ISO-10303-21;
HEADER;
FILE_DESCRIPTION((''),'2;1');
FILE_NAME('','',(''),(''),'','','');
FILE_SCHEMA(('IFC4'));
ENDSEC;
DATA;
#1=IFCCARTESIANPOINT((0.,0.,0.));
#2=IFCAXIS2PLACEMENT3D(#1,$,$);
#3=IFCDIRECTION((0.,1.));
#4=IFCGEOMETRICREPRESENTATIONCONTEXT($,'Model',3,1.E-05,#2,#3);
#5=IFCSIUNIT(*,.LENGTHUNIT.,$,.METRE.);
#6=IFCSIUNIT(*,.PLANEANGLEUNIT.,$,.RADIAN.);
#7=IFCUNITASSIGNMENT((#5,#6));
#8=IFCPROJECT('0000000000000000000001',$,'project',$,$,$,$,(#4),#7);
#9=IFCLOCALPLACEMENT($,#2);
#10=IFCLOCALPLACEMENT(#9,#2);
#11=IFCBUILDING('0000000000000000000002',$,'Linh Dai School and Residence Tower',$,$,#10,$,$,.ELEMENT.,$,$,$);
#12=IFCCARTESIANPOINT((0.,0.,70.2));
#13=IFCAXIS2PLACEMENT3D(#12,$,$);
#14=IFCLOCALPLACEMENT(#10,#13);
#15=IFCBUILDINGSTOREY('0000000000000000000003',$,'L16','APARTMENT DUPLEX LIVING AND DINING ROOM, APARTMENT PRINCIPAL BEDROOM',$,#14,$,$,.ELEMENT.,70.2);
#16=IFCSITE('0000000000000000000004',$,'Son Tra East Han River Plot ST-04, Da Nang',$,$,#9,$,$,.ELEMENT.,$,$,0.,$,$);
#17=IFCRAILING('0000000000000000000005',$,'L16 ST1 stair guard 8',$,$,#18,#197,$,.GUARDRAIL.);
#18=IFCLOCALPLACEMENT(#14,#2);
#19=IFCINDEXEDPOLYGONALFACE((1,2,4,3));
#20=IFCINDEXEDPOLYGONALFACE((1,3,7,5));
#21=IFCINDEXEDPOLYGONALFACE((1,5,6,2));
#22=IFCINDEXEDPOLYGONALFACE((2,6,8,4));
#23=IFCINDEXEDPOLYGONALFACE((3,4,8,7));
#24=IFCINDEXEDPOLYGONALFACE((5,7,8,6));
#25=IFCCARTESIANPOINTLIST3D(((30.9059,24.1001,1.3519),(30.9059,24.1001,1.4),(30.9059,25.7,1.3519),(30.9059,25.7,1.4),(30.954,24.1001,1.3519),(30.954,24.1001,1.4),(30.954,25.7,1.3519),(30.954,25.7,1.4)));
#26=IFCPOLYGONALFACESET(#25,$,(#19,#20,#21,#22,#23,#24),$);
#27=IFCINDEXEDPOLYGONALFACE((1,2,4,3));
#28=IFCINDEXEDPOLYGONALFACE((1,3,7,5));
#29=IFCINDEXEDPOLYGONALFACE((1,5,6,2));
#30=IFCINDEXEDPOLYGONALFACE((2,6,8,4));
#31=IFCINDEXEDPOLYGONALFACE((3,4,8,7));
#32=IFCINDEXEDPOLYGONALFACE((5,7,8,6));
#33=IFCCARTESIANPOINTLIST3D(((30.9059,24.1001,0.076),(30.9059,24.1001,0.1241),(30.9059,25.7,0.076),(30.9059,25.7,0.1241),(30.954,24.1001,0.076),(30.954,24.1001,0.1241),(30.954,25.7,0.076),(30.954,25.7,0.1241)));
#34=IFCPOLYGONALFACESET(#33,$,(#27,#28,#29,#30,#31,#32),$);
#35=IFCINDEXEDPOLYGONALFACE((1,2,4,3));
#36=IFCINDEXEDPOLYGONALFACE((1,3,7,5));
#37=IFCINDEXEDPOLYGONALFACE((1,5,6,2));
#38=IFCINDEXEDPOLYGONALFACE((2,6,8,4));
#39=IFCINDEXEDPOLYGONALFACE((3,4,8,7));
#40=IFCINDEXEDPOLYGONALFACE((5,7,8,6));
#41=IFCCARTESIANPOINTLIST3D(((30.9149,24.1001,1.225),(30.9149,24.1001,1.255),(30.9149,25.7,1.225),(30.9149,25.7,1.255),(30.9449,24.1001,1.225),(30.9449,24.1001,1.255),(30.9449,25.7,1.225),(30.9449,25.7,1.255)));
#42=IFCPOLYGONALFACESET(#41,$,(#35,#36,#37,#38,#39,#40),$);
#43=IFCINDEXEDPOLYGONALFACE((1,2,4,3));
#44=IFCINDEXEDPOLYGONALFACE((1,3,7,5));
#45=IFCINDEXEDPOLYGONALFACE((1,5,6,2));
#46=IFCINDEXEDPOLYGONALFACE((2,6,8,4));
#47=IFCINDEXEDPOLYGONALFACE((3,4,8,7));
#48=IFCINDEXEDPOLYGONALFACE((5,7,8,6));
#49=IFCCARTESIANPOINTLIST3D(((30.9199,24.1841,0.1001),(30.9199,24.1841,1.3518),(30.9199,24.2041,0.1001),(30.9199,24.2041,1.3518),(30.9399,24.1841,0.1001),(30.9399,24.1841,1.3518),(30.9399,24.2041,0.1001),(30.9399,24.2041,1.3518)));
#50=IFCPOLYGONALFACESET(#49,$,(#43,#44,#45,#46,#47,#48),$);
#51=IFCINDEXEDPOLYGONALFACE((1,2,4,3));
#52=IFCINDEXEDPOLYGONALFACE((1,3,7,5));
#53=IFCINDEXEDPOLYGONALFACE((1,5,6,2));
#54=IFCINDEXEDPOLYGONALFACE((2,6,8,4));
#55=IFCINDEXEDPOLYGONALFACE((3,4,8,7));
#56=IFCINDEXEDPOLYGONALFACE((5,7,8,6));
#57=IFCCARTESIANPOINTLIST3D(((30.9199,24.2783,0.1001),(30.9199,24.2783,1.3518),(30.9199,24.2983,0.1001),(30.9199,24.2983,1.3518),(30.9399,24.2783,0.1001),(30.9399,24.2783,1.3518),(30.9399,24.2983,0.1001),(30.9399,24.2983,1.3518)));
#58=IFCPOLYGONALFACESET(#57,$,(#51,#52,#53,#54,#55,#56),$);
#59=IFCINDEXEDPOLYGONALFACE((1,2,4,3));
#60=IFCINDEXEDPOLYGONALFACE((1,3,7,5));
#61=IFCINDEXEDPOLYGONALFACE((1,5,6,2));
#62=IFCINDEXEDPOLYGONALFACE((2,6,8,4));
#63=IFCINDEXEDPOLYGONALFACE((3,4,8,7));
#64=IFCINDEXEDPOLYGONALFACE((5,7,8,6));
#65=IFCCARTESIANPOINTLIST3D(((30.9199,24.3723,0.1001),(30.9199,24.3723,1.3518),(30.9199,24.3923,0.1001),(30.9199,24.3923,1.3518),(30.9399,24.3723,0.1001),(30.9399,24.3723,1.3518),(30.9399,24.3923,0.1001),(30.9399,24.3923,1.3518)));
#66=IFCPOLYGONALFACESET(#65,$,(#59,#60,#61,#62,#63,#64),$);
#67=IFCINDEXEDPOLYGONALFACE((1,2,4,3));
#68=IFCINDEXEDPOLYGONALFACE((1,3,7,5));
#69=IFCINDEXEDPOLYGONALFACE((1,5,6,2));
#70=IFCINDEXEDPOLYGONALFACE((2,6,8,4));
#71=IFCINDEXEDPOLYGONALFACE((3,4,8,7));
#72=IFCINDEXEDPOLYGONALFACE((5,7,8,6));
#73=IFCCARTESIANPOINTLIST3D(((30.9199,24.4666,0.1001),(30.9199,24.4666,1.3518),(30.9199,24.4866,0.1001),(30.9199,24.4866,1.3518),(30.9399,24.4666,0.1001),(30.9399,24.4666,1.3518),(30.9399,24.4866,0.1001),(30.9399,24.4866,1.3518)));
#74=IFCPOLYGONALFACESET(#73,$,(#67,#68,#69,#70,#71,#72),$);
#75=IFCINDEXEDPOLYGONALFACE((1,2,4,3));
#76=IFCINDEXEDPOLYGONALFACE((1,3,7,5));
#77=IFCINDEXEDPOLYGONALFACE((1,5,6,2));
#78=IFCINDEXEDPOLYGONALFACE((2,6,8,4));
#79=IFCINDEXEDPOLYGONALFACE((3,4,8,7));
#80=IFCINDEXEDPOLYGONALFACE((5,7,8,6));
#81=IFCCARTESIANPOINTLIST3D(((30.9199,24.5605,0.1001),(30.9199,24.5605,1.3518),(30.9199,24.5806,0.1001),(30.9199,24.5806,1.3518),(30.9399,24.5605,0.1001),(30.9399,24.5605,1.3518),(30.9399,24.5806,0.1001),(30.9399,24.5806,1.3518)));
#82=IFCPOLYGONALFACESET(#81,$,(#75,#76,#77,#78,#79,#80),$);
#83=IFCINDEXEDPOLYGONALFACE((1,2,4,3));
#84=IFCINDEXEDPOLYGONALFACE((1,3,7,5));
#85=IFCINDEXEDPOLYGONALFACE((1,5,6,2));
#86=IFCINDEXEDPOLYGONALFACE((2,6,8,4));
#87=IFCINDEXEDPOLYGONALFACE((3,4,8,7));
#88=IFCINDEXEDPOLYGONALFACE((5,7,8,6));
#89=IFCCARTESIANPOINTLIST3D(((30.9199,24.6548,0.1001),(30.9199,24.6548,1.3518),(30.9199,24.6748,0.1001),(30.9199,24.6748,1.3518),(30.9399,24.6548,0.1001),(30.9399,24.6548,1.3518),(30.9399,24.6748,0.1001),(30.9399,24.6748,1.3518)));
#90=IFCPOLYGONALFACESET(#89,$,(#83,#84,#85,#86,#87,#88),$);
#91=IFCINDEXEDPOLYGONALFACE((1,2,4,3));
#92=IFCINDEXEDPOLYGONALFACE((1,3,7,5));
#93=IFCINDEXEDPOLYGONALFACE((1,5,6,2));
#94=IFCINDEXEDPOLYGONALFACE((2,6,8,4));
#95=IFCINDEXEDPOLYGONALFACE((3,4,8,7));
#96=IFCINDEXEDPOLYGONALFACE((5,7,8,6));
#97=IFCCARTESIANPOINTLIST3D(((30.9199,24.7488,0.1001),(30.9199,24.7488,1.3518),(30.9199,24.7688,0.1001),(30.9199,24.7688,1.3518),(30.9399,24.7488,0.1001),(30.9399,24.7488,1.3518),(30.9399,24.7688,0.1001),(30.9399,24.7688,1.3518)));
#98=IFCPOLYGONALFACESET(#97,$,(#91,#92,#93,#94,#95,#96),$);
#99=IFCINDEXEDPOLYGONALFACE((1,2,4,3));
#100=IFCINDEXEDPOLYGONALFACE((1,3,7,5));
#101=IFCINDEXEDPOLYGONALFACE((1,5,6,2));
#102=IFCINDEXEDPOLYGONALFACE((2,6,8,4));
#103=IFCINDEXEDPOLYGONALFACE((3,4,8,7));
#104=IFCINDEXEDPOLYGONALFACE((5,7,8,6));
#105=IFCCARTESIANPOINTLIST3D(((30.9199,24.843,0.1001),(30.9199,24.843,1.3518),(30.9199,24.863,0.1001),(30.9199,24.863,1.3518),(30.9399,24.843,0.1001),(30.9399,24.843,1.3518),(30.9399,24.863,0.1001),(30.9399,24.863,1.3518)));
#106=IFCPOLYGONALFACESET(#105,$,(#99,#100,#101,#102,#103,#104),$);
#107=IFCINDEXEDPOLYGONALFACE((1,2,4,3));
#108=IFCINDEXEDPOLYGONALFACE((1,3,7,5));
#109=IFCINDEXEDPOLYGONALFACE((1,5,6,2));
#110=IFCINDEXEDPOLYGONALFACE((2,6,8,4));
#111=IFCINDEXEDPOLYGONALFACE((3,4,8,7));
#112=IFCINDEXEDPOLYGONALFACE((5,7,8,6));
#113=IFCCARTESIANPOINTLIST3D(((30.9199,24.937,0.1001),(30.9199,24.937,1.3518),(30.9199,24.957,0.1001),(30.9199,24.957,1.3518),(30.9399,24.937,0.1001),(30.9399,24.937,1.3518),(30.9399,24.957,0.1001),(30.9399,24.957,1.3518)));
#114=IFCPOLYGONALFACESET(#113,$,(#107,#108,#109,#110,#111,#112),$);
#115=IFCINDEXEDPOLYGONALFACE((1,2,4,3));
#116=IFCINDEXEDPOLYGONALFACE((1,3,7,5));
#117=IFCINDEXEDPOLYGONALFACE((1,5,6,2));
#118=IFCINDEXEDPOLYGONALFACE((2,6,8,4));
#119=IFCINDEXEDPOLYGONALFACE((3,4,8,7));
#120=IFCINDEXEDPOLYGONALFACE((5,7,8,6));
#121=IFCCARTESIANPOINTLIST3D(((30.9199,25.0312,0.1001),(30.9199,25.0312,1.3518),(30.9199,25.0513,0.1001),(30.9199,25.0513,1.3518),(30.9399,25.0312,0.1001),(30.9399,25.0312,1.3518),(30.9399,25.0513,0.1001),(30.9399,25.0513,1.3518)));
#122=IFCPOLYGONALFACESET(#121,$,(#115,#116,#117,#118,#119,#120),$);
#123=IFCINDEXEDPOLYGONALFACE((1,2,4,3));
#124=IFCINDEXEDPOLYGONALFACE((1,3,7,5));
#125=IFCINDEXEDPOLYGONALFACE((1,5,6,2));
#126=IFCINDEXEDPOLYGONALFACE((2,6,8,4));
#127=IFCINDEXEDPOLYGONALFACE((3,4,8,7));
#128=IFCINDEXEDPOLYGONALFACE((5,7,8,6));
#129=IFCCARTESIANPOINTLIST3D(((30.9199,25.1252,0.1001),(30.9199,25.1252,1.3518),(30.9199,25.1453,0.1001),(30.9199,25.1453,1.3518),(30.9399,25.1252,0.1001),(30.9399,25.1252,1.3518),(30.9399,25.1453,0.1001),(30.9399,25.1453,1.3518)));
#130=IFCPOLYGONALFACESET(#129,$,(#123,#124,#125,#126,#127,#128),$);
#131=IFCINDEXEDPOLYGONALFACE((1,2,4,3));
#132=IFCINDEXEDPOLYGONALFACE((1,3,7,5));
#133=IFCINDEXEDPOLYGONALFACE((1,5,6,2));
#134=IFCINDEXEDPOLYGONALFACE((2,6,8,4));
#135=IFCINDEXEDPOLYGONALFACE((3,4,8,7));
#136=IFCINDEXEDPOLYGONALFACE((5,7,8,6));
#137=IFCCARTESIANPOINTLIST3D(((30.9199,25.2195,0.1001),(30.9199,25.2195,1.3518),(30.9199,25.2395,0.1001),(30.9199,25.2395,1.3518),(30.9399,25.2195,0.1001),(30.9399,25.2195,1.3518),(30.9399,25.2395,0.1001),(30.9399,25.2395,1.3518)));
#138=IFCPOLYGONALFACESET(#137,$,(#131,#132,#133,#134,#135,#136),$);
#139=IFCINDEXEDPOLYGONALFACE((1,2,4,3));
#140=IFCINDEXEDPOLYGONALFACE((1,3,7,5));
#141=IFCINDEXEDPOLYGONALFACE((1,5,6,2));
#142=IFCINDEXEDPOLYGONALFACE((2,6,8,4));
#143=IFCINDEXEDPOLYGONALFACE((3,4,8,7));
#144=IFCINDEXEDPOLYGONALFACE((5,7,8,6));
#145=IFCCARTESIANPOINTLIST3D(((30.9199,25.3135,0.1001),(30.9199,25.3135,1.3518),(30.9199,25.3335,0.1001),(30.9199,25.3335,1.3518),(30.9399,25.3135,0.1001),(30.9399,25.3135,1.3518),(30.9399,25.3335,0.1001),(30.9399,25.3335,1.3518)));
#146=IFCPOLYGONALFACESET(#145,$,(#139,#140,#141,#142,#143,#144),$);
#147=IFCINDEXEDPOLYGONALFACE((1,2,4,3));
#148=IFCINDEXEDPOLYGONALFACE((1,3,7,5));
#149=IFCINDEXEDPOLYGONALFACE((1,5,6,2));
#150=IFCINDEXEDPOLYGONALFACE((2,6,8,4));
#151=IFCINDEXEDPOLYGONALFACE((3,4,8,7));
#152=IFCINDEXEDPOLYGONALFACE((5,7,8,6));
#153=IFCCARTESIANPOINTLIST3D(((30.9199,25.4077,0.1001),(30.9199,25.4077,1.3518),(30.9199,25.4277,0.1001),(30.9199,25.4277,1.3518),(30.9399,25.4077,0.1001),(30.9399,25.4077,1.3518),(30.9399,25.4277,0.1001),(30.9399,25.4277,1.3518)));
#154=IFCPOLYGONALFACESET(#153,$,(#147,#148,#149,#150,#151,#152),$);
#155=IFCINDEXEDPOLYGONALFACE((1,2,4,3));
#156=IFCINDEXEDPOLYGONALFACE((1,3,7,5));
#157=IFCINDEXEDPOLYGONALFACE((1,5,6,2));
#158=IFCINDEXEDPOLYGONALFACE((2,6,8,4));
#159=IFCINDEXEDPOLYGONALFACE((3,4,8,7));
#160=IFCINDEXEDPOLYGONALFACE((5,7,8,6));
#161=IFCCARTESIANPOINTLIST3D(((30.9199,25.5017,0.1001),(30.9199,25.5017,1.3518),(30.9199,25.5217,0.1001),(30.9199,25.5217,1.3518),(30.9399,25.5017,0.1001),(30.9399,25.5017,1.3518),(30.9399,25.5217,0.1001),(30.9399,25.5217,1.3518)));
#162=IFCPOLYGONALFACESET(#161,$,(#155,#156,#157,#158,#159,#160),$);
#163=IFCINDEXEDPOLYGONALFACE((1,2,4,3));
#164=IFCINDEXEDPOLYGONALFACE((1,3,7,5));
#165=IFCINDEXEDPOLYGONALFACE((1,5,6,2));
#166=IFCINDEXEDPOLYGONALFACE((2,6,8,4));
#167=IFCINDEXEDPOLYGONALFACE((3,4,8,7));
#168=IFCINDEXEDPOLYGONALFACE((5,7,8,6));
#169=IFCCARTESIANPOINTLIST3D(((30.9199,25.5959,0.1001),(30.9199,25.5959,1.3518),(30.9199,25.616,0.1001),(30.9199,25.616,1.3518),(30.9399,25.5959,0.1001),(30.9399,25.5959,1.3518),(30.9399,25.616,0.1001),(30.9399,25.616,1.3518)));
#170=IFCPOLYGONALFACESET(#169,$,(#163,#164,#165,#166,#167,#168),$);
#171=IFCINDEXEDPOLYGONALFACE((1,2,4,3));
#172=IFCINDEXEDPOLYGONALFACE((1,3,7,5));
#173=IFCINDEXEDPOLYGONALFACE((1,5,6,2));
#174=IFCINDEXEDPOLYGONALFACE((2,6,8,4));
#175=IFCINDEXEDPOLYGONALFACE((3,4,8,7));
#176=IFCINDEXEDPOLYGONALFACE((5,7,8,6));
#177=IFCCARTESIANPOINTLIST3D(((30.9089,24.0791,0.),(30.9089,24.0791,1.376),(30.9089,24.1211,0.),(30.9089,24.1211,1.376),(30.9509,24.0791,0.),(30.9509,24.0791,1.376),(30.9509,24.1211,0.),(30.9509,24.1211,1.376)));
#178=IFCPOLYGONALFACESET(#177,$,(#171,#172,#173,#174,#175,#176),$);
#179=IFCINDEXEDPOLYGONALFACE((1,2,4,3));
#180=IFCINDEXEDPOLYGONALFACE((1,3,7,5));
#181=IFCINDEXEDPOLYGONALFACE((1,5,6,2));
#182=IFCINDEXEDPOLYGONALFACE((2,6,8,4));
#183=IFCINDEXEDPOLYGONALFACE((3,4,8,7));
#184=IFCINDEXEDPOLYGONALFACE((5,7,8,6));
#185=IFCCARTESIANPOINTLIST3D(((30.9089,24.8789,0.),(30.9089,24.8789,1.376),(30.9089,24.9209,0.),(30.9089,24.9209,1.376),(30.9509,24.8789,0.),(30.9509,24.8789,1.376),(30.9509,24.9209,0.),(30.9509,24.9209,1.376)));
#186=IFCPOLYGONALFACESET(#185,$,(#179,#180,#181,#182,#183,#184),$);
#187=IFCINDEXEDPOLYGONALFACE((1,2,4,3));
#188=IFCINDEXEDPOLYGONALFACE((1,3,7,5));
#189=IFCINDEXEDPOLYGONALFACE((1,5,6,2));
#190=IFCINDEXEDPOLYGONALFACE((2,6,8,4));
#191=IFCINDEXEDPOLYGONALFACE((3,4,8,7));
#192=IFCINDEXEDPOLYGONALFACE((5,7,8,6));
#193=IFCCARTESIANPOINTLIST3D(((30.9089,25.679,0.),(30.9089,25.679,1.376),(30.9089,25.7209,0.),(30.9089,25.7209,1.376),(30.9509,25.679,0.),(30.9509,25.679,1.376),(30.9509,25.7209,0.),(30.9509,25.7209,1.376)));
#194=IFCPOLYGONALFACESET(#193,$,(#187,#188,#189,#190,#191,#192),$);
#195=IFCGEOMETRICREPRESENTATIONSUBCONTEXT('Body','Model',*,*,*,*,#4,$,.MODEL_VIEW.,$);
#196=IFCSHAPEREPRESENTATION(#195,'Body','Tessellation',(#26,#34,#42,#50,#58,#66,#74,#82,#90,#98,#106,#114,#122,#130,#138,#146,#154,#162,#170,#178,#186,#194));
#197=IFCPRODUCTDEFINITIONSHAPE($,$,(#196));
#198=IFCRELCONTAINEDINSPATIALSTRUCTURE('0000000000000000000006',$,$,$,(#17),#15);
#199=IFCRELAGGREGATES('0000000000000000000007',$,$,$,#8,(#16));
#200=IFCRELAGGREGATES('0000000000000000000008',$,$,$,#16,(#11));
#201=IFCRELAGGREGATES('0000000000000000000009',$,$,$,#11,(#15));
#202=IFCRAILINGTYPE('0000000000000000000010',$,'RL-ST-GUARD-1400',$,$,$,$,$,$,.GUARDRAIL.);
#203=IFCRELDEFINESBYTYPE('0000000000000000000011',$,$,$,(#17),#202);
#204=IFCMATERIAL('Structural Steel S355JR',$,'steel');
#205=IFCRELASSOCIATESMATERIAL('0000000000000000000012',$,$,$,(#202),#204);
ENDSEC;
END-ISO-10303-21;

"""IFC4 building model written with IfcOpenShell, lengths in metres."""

from ifc_helpers import new_model, si_unit, direction, frame, origin, origin_2d, place, context, subcontext, project, spatial, rectangle, extrude, source, transform, mapped, material, type_object, element, save


model = new_model("IFC4")

# Units and contexts
model_context = context("Model", 3, precision=1e-05, world=origin(), true_north=direction((0.0, 1.0)))
body_context = subcontext(model_context, "Body", "Model", "MODEL_VIEW")
ifc_project = project(units=[si_unit("LENGTHUNIT", "METRE"), si_unit("PLANEANGLEUNIT", "RADIAN")], contexts=[model_context])

# Site, building, storey
site_placement = place(None, origin())
site = spatial("IfcSite", under=ifc_project, at=site_placement, Name="Son Tra East Han River Plot ST-04, Da Nang", CompositionType="ELEMENT", RefElevation=0.0)
building_placement = place(site_placement, origin())
building = spatial("IfcBuilding", under=site, at=building_placement, Name="Linh Dai School and Residence Tower", CompositionType="ELEMENT")
storey_placement = place(building_placement, frame((0.0, 0.0, 70.2)))
storey = spatial("IfcBuildingStorey", under=building, at=storey_placement, Name="L16", Description="APARTMENT DUPLEX LIVING AND DINING ROOM, APARTMENT PRINCIPAL BEDROOM", CompositionType="ELEMENT", Elevation=70.2)

# Shared definitions
ifc_material_1 = material(Name="Structural Steel S355JR", Category="steel")

# Railing
railing_type_1 = type_object("IfcRailingType", Name="RL-ST-GUARD-1400", PredefinedType="GUARDRAIL", material=ifc_material_1)
shared_shape_1 = source(origin(), body_context, "Body", "SweptSolid", [
    extrude(rectangle(XDim=0.0481, YDim=0.0481, at=origin_2d()), frame((0.0, 0.0, 1.376), z_axis=(0.0, 1.0, 0.0), x_axis=(-1.0, 0.0, 0.0)), (0.0, 0.0, 1.0), 1.5999),
    extrude(rectangle(XDim=0.0481, YDim=0.0481, at=origin_2d()), frame((0.0, 0.0, 0.1001), z_axis=(0.0, 1.0, 0.0), x_axis=(-1.0, 0.0, 0.0)), (0.0, 0.0, 1.0), 1.5999),
    extrude(rectangle(XDim=0.03, YDim=0.03, at=origin_2d()), frame((0.0, 0.0, 1.24), z_axis=(0.0, 1.0, 0.0), x_axis=(-1.0, 0.0, 0.0)), (0.0, 0.0, 1.0), 1.5999),
    extrude(rectangle(XDim=0.02, YDim=0.02, at=origin_2d()), frame((0.0, 0.094, 0.1001)), (0.0, 0.0, 1.0), 1.2517),
    extrude(rectangle(XDim=0.02, YDim=0.02, at=origin_2d()), frame((0.0, 0.1882, 0.1001)), (0.0, 0.0, 1.0), 1.2517),
    extrude(rectangle(XDim=0.02, YDim=0.02, at=origin_2d()), frame((0.0, 0.2822, 0.1001)), (0.0, 0.0, 1.0), 1.2517),
    extrude(rectangle(XDim=0.02, YDim=0.02, at=origin_2d()), frame((0.0, 0.3765, 0.1001)), (0.0, 0.0, 1.0), 1.2517),
    extrude(rectangle(XDim=0.02, YDim=0.02, at=origin_2d()), frame((0.0, 0.4705, 0.1001)), (0.0, 0.0, 1.0), 1.2517),
    extrude(rectangle(XDim=0.02, YDim=0.02, at=origin_2d()), frame((0.0, 0.5647, 0.1001)), (0.0, 0.0, 1.0), 1.2517),
    extrude(rectangle(XDim=0.02, YDim=0.02, at=origin_2d()), frame((0.0, 0.6587, 0.1001)), (0.0, 0.0, 1.0), 1.2517),
    extrude(rectangle(XDim=0.02, YDim=0.02, at=origin_2d()), frame((0.0, 0.7529, 0.1001)), (0.0, 0.0, 1.0), 1.2517),
    extrude(rectangle(XDim=0.02, YDim=0.02, at=origin_2d()), frame((0.0, 0.8469, 0.1001)), (0.0, 0.0, 1.0), 1.2517),
    extrude(rectangle(XDim=0.02, YDim=0.02, at=origin_2d()), frame((0.0, 0.9412, 0.1001)), (0.0, 0.0, 1.0), 1.2517),
    extrude(rectangle(XDim=0.02, YDim=0.02, at=origin_2d()), frame((0.0, 1.0352, 0.1001)), (0.0, 0.0, 1.0), 1.2517),
    extrude(rectangle(XDim=0.02, YDim=0.02, at=origin_2d()), frame((0.0, 1.1294, 0.1001)), (0.0, 0.0, 1.0), 1.2517),
    extrude(rectangle(XDim=0.02, YDim=0.02, at=origin_2d()), frame((0.0, 1.2234, 0.1001)), (0.0, 0.0, 1.0), 1.2517),
    extrude(rectangle(XDim=0.02, YDim=0.02, at=origin_2d()), frame((0.0, 1.3176, 0.1001)), (0.0, 0.0, 1.0), 1.2517),
    extrude(rectangle(XDim=0.02, YDim=0.02, at=origin_2d()), frame((0.0, 1.4116, 0.1001)), (0.0, 0.0, 1.0), 1.2517),
    extrude(rectangle(XDim=0.02, YDim=0.02, at=origin_2d()), frame((0.0, 1.5059, 0.1001)), (0.0, 0.0, 1.0), 1.2517),
    extrude(rectangle(XDim=0.042, YDim=0.042, at=origin_2d()), origin(), (0.0, 0.0, 1.0), 1.376),
    extrude(rectangle(XDim=0.042, YDim=0.042, at=origin_2d()), frame((0.0, 0.7998, 0.0)), (0.0, 0.0, 1.0), 1.376),
    extrude(rectangle(XDim=0.042, YDim=0.042, at=origin_2d()), frame((0.0, 1.5999, 0.0)), (0.0, 0.0, 1.0), 1.376),
])
for number, where, name in (
    (1, (30.9299, 24.1001, 0.0), "L16 ST1 stair guard 8"),
):
    element("IfcRailing", number, at=place(storey_placement, frame(where)), inside=storey, type_object=railing_type_1, Name=name, PredefinedType="GUARDRAIL", context=body_context, shape_type="MappedRepresentation", body=[
        mapped(shared_shape_1, transform((0.0, 0.0, 0.0), x_axis=(1.0, 0.0, 0.0), y_axis=(0.0, 1.0, 0.0), z_axis=(0.0, 0.0, 1.0), scale=1.0)),
    ])

save(model, "model.ifc")
